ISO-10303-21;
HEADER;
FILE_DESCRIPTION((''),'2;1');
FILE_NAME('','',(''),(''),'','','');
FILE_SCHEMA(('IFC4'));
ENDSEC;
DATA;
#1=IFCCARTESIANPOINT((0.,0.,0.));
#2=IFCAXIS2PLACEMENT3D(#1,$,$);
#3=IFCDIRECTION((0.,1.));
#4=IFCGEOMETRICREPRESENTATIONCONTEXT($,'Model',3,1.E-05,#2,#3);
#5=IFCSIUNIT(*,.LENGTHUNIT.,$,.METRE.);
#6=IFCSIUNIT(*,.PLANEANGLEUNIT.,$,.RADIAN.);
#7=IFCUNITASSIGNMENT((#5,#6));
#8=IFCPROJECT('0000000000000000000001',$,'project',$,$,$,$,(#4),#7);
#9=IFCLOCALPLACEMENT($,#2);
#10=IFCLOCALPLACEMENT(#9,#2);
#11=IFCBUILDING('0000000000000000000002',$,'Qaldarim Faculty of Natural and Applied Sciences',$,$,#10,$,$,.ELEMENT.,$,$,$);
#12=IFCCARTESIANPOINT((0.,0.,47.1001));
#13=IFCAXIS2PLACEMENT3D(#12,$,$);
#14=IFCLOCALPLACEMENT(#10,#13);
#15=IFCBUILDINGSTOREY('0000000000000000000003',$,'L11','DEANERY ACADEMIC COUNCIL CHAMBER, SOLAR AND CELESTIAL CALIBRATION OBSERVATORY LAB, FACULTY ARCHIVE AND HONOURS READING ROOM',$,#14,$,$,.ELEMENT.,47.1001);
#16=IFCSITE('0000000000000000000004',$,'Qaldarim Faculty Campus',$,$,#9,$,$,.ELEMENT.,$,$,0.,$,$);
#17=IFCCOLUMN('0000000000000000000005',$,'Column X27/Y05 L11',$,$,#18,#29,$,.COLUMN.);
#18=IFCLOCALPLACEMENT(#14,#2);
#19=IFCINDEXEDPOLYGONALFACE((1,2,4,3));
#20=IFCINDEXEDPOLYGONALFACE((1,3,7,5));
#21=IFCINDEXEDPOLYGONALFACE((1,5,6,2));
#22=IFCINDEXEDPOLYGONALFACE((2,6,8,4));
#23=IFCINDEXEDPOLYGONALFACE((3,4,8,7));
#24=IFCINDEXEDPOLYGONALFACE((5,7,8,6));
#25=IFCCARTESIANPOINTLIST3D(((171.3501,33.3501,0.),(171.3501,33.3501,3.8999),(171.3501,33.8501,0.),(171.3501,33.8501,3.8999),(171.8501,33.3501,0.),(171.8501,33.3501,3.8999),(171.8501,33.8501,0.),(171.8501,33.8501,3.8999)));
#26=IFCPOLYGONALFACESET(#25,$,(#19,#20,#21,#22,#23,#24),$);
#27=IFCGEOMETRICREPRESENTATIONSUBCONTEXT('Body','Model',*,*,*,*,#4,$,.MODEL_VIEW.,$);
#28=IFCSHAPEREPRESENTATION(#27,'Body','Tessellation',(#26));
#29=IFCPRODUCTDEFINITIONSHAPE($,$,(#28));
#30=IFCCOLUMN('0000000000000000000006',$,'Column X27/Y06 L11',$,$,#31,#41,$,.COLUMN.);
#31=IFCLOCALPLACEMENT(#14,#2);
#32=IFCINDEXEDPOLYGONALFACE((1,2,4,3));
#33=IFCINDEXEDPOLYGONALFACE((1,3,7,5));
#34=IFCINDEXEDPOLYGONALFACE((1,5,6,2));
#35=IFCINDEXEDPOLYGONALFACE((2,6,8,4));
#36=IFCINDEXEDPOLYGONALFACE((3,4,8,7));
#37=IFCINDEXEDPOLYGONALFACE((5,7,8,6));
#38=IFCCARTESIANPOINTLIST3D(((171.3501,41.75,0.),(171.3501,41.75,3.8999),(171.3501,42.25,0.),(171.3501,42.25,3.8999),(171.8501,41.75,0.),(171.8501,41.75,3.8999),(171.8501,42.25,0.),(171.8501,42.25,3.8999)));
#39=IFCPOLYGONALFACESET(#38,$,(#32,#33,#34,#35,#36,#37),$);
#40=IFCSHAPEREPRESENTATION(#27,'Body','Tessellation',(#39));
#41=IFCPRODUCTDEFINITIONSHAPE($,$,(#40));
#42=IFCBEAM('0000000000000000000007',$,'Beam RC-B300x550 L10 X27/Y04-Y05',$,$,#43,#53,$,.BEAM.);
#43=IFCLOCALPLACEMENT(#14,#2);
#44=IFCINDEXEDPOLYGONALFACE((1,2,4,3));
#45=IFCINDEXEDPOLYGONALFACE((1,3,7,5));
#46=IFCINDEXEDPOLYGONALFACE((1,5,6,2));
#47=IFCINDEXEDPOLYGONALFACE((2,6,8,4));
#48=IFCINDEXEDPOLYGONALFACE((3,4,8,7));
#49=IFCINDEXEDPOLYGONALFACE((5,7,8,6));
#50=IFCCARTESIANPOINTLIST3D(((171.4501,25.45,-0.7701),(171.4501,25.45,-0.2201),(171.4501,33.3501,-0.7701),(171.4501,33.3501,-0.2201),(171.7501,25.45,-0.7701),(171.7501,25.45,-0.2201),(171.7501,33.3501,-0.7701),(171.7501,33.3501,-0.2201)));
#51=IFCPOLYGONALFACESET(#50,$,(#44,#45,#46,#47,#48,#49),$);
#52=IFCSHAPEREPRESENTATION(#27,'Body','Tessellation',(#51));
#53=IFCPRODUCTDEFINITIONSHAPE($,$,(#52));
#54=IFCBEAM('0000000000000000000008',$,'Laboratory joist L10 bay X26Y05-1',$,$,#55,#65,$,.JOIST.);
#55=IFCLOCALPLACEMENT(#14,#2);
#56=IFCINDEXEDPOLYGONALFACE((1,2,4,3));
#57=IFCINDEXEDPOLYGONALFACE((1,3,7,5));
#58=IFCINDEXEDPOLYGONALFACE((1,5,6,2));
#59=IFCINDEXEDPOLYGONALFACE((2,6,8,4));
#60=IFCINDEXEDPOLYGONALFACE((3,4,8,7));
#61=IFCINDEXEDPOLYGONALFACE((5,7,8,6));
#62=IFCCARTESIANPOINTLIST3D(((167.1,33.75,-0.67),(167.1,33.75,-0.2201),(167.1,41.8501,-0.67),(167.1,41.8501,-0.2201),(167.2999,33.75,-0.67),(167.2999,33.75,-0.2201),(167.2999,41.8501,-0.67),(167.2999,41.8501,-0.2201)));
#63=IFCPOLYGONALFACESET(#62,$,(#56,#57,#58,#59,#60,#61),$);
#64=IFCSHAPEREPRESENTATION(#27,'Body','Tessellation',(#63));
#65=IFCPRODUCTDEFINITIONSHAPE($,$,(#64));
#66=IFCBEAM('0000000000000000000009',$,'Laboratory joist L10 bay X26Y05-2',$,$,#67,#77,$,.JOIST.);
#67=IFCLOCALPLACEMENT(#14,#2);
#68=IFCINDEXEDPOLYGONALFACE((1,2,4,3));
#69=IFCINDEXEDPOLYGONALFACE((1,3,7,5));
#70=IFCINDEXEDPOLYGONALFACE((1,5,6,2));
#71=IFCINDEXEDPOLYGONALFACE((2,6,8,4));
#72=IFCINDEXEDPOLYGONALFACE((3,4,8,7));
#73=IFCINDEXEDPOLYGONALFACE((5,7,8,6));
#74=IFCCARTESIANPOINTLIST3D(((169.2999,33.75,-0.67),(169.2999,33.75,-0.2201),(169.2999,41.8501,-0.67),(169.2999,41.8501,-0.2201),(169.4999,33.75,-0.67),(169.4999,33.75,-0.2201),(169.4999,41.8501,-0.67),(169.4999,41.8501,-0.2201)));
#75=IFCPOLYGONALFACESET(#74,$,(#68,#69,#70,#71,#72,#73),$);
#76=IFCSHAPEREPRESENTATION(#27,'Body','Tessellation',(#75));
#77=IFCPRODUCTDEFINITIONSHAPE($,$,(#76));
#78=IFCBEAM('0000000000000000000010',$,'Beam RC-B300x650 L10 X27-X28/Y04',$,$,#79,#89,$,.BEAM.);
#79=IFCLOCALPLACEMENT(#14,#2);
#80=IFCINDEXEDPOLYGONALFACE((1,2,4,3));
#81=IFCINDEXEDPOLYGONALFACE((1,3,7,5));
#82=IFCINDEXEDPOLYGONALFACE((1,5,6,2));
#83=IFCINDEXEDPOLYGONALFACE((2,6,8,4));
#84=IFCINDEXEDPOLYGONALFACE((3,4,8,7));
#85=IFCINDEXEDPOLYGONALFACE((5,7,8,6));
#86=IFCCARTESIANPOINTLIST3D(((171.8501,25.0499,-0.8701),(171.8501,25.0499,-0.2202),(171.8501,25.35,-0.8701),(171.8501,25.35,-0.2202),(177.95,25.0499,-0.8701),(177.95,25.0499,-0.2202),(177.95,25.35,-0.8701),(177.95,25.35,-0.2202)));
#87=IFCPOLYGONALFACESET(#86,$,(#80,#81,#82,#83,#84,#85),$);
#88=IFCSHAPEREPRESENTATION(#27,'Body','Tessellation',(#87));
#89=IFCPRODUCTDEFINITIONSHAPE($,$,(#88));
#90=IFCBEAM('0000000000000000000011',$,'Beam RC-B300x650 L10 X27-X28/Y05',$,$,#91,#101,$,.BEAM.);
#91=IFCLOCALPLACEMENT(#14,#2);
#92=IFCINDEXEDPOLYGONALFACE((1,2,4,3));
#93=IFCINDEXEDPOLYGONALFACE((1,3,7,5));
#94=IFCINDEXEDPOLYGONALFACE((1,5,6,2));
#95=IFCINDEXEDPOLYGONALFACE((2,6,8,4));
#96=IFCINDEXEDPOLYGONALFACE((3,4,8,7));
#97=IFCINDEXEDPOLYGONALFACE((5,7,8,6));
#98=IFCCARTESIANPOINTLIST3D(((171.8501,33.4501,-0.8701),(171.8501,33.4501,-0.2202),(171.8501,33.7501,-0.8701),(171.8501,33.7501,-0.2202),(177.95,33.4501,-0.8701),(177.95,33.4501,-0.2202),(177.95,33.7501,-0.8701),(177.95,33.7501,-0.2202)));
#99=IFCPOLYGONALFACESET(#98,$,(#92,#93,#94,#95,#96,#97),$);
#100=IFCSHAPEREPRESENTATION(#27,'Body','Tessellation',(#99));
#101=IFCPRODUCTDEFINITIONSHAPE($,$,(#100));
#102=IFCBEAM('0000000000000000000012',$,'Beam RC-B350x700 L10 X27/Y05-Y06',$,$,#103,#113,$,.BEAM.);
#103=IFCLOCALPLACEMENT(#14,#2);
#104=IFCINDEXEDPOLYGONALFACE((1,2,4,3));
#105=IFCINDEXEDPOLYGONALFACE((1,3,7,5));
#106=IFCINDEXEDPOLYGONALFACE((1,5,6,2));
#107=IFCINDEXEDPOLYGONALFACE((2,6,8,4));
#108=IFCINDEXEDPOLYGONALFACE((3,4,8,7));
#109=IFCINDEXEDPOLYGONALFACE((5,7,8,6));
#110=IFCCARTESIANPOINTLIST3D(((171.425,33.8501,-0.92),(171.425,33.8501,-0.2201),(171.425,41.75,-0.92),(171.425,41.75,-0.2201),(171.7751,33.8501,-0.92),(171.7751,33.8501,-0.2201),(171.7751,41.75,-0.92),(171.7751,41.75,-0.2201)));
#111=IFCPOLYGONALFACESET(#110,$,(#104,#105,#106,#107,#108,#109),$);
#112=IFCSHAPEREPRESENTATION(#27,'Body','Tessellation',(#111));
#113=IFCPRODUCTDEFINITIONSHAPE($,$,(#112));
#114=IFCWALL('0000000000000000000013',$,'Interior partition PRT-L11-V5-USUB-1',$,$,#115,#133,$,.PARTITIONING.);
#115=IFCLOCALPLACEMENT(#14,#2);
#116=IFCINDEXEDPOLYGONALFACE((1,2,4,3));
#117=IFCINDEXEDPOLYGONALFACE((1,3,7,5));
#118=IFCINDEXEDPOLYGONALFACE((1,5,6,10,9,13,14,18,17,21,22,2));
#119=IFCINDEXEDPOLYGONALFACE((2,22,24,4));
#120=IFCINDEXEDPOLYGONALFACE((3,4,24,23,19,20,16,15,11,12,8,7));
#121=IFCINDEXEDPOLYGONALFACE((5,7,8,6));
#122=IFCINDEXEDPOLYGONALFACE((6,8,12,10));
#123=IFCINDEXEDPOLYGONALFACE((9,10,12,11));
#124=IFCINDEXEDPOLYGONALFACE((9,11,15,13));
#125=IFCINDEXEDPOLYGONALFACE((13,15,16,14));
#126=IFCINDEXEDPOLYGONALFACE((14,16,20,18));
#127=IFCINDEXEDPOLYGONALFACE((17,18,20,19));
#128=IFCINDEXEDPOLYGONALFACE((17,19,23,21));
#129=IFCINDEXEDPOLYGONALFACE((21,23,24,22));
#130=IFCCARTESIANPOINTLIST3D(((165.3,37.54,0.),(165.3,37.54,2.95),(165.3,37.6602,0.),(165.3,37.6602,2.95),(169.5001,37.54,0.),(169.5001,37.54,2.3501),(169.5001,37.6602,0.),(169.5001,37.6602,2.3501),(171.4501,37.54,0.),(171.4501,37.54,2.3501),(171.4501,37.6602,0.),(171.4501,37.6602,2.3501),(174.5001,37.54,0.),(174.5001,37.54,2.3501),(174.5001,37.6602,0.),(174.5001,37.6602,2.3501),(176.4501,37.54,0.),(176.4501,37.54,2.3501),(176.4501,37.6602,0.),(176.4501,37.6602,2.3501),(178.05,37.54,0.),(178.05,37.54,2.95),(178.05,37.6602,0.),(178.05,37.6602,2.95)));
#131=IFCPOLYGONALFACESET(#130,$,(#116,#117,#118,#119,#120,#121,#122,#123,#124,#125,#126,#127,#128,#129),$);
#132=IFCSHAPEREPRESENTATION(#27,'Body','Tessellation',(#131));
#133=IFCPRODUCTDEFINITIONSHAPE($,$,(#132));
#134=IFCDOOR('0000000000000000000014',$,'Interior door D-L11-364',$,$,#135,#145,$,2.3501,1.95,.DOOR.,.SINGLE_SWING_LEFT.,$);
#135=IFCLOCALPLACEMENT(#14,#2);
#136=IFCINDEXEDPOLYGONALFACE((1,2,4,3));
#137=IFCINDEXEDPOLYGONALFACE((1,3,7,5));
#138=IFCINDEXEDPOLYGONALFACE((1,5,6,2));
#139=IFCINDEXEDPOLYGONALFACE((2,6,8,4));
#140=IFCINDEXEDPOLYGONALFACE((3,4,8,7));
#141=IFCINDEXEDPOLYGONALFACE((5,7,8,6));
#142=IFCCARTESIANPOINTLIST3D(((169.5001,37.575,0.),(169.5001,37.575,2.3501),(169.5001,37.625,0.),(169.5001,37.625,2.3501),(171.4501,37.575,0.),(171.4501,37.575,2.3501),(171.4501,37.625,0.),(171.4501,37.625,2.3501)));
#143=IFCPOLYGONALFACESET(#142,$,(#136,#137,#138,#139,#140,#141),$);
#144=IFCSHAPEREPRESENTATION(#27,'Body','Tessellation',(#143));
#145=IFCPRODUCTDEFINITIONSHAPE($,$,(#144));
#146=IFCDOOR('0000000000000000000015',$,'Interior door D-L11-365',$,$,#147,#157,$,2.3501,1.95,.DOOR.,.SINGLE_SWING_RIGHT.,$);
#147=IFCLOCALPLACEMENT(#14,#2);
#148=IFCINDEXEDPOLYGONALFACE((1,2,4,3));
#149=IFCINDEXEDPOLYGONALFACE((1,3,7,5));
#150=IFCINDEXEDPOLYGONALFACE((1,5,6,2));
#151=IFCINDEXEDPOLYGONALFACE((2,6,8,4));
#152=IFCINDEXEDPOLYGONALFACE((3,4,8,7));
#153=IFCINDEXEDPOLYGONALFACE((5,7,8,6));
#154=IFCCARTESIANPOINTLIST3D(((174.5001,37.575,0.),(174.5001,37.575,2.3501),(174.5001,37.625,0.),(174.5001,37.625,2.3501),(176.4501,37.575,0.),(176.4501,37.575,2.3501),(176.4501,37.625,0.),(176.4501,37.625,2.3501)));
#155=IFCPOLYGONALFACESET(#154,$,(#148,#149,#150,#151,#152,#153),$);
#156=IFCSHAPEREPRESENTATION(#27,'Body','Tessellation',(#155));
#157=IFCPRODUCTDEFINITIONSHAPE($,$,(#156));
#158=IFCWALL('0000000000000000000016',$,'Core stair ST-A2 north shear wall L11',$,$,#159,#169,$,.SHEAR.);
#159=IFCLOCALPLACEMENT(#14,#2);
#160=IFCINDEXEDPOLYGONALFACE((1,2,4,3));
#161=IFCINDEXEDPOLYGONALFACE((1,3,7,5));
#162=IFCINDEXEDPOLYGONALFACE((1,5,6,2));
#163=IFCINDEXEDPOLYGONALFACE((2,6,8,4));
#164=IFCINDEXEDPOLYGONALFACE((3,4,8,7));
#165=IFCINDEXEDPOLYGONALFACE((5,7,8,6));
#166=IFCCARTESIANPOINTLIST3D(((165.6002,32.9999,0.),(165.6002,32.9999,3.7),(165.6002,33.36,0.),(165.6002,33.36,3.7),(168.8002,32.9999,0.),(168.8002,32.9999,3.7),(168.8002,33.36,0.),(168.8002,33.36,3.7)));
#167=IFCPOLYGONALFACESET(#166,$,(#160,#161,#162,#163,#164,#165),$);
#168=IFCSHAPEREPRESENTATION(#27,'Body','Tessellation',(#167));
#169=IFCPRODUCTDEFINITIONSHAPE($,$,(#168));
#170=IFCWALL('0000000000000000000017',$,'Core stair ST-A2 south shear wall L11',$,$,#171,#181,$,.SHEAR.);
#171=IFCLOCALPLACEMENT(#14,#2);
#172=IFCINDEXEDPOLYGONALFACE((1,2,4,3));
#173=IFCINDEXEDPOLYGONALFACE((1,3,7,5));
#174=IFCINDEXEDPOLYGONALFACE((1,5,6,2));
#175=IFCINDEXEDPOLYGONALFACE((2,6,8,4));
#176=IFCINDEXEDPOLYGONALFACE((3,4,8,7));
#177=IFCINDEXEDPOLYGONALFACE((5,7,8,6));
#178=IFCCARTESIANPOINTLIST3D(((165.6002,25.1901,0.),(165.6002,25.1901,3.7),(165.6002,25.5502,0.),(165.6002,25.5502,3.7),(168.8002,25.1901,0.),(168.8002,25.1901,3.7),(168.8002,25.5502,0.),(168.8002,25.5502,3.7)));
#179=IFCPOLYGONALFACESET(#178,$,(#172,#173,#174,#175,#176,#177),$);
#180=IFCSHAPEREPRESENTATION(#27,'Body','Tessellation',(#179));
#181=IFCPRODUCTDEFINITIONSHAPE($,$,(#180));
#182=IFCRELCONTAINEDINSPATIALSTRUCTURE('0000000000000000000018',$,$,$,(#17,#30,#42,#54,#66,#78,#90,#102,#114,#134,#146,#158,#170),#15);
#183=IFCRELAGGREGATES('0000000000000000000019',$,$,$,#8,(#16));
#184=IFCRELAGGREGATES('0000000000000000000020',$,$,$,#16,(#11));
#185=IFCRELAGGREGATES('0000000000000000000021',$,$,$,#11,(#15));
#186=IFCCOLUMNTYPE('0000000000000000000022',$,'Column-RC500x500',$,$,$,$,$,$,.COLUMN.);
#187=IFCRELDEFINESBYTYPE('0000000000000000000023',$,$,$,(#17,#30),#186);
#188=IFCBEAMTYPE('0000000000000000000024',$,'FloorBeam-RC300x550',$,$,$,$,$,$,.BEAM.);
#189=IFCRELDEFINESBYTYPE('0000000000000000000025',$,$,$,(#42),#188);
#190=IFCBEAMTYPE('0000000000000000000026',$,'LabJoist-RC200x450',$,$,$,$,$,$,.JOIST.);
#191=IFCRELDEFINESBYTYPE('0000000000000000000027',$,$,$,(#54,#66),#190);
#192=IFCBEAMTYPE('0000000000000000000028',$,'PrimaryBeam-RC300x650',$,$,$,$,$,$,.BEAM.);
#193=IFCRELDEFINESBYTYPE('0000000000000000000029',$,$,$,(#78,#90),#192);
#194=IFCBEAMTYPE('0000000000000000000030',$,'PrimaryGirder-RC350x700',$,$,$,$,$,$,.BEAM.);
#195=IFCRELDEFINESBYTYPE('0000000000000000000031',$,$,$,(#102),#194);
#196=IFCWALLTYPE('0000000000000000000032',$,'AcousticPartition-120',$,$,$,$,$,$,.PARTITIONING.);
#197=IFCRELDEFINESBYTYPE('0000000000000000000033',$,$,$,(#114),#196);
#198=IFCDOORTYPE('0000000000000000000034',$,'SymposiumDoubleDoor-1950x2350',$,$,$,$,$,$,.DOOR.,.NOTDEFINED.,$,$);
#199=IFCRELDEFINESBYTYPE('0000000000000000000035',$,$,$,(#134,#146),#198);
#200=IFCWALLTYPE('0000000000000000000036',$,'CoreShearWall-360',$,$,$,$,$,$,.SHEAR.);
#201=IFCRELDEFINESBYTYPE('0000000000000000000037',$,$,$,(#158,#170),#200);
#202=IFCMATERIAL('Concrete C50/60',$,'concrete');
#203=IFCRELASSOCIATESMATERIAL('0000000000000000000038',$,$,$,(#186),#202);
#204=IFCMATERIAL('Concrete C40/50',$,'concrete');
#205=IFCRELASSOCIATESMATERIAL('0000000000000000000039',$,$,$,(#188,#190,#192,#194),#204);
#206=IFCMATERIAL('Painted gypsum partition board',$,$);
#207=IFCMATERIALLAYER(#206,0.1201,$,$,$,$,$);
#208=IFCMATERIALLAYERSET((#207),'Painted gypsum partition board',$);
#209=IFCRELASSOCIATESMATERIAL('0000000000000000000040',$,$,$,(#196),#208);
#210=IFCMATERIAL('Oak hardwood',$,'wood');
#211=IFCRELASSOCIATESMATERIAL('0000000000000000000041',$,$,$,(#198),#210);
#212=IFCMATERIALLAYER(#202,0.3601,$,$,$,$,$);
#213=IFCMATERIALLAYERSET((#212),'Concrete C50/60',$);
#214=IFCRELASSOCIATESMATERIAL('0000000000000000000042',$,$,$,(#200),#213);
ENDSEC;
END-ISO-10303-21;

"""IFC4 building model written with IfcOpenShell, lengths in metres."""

from ifc_helpers import new_model, si_unit, direction, frame, frame_2d, origin, origin_2d, place, context, subcontext, project, spatial, rectangle, extrude, material, layer, layer_set, material_profile, profile_set, type_object, element, fill, save


model = new_model("IFC4")

# Units and contexts
model_context = context("Model", 3, precision=1e-05, world=origin(), true_north=direction((0.0, 1.0)))
body_context = subcontext(model_context, "Body", "Model", "MODEL_VIEW")
ifc_project = project(units=[si_unit("LENGTHUNIT", "METRE"), si_unit("PLANEANGLEUNIT", "RADIAN")], contexts=[model_context])

# Site, building, storey
site_placement = place(None, origin())
site = spatial("IfcSite", under=ifc_project, at=site_placement, Name="Qaldarim Faculty Campus", CompositionType="ELEMENT", RefElevation=0.0)
building_placement = place(site_placement, origin())
building = spatial("IfcBuilding", under=site, at=building_placement, Name="Qaldarim Faculty of Natural and Applied Sciences", CompositionType="ELEMENT")
storey_placement = place(building_placement, frame((0.0, 0.0, 47.1001)))
storey = spatial("IfcBuildingStorey", under=building, at=storey_placement, Name="L11", Description="DEANERY ACADEMIC COUNCIL CHAMBER, SOLAR AND CELESTIAL CALIBRATION OBSERVATORY LAB, FACULTY ARCHIVE AND HONOURS READING ROOM", CompositionType="ELEMENT", Elevation=47.1001)

# Columns
ifc_material_1 = material(Name="Concrete C50/60", Category="concrete")
ifc_material_profile_1 = material_profile(ifc_material_1, rectangle(XDim=0.5, YDim=0.5, at=origin_2d()), Name="RC-C500x500")
ifc_profile_set_1 = profile_set([ifc_material_profile_1], Name="Concrete C50/60")
column_type = type_object("IfcColumnType", Name="Column-RC500x500", PredefinedType="COLUMN", material=ifc_profile_set_1)
for number, where, z_axis, x_axis, name in (
    (1, (171.6001, 33.6001, 0.0), (0.0, 0.0, 1.0), (1.0, 0.0, 0.0), "Column X27/Y05 L11"),
    (2, (171.6001, 42.0, 0.0), (0.0, 0.0, 1.0), (1.0, 0.0, 0.0), "Column X27/Y06 L11"),
):
    element("IfcColumn", number, at=place(storey_placement, frame(where, z_axis=z_axis, x_axis=x_axis)), inside=storey, type_object=column_type, Name=name, PredefinedType="COLUMN", context=body_context, shape_type="SweptSolid", body=[
        extrude(rectangle(XDim=0.5, YDim=0.5, at=origin_2d()), origin(), (0.0, 0.0, 1.0), 3.8999),
    ])

# Beams
ifc_material_2 = material(Name="Concrete C40/50", Category="concrete")
ifc_material_profile_2 = material_profile(ifc_material_2, rectangle(XDim=0.3, YDim=0.55, at=origin_2d()), Name="RC-B300x550")
ifc_profile_set_2 = profile_set([ifc_material_profile_2], Name="Concrete C40/50")
beam_type_1 = type_object("IfcBeamType", Name="FloorBeam-RC300x550", PredefinedType="BEAM", material=ifc_profile_set_2)
beam_1_placement = place(storey_placement, frame((171.6001, 25.45, -0.4951), z_axis=(0.0, 1.0, 0.0), x_axis=(-1.0, 0.0, 0.0)))
element("IfcBeam", 3, at=beam_1_placement, inside=storey, type_object=beam_type_1, Name="Beam RC-B300x550 L10 X27/Y04-Y05", PredefinedType="BEAM", context=body_context, shape_type="SweptSolid", body=[
    extrude(rectangle(XDim=0.3, YDim=0.55, at=origin_2d()), origin(), (0.0, 0.0, 1.0), 7.9001),
])
ifc_material_profile_3 = material_profile(ifc_material_2, rectangle(XDim=0.2, YDim=0.45, at=origin_2d()), Name="RC-J200x450")
ifc_profile_set_3 = profile_set([ifc_material_profile_3], Name="Concrete C40/50")
beam_type_2 = type_object("IfcBeamType", Name="LabJoist-RC200x450", PredefinedType="JOIST", material=ifc_profile_set_3)
for number, where, z_axis, x_axis, name in (
    (4, (167.2, 33.75, -0.4451), (0.0, 1.0, 0.0), (-1.0, 0.0, 0.0), "Laboratory joist L10 bay X26Y05-1"),
    (5, (169.3999, 33.75, -0.4451), (0.0, 1.0, 0.0), (-1.0, 0.0, 0.0), "Laboratory joist L10 bay X26Y05-2"),
):
    element("IfcBeam", number, at=place(storey_placement, frame(where, z_axis=z_axis, x_axis=x_axis)), inside=storey, type_object=beam_type_2, Name=name, PredefinedType="JOIST", context=body_context, shape_type="SweptSolid", body=[
        extrude(rectangle(XDim=0.2, YDim=0.45, at=origin_2d()), origin(), (0.0, 0.0, 1.0), 8.1001),
    ])
ifc_material_profile_4 = material_profile(ifc_material_2, rectangle(XDim=0.3, YDim=0.6499, at=origin_2d()), Name="RC-B300x650")
ifc_profile_set_4 = profile_set([ifc_material_profile_4], Name="Concrete C40/50")
beam_type_3 = type_object("IfcBeamType", Name="PrimaryBeam-RC300x650", PredefinedType="BEAM", material=ifc_profile_set_4)
for number, where, z_axis, x_axis, name in (
    (6, (171.8501, 25.2, -0.5452), (1.0, 0.0, 0.0), (0.0, 1.0, 0.0), "Beam RC-B300x650 L10 X27-X28/Y04"),
    (7, (171.8501, 33.6001, -0.5452), (1.0, 0.0, 0.0), (0.0, 1.0, 0.0), "Beam RC-B300x650 L10 X27-X28/Y05"),
):
    element("IfcBeam", number, at=place(storey_placement, frame(where, z_axis=z_axis, x_axis=x_axis)), inside=storey, type_object=beam_type_3, Name=name, PredefinedType="BEAM", context=body_context, shape_type="SweptSolid", body=[
        extrude(rectangle(XDim=0.3, YDim=0.6499, at=origin_2d()), origin(), (0.0, 0.0, 1.0), 6.0999),
    ])
ifc_material_profile_5 = material_profile(ifc_material_2, rectangle(XDim=0.3501, YDim=0.7, at=origin_2d()), Name="RC-B350x700")
ifc_profile_set_5 = profile_set([ifc_material_profile_5], Name="Concrete C40/50")
beam_type_4 = type_object("IfcBeamType", Name="PrimaryGirder-RC350x700", PredefinedType="BEAM", material=ifc_profile_set_5)
beam_2_placement = place(storey_placement, frame((171.6001, 33.8501, -0.5701), z_axis=(0.0, 1.0, 0.0), x_axis=(-1.0, 0.0, 0.0)))
element("IfcBeam", 8, at=beam_2_placement, inside=storey, type_object=beam_type_4, Name="Beam RC-B350x700 L10 X27/Y05-Y06", PredefinedType="BEAM", context=body_context, shape_type="SweptSolid", body=[
    extrude(rectangle(XDim=0.3501, YDim=0.7, at=origin_2d()), origin(), (0.0, 0.0, 1.0), 7.8999),
])

# Wall, openings, doors
ifc_material_3 = material(Name="Painted gypsum partition board")
ifc_layer_1 = layer(ifc_material_3, 0.1201)
ifc_layer_set_1 = layer_set([ifc_layer_1], Name="Painted gypsum partition board")
wall_type_1 = type_object("IfcWallType", Name="AcousticPartition-120", PredefinedType="PARTITIONING", material=ifc_layer_set_1)
wall_1_placement = place(storey_placement, frame((165.3, 37.6001, 0.0), z_axis=(0.0, 0.0, 1.0), x_axis=(1.0, 0.0, 0.0)))
wall_1 = element("IfcWall", 9, at=wall_1_placement, inside=storey, type_object=wall_type_1, Name="Interior partition PRT-L11-V5-USUB-1", PredefinedType="PARTITIONING", context=body_context, shape_type="SweptSolid", body=[
    extrude(rectangle(XDim=12.75, YDim=0.1201, at=frame_2d((6.375, 0.0))), origin(), (0.0, 0.0, 1.0), 2.95),
])
opening_1_placement = place(wall_1_placement, frame((4.2, 0.0, 0.0)))
opening_1 = element("IfcOpeningElement", 10, at=opening_1_placement, cuts=wall_1, PredefinedType="OPENING", context=body_context, shape_type="SweptSolid", body=[
    extrude(rectangle(XDim=1.95, YDim=2.3501, at=frame_2d((0.9751, 1.175))), frame((0.0, 0.0701, 0.0), z_axis=(0.0, -1.0, 0.0), x_axis=(1.0, 0.0, 0.0)), (0.0, 0.0, 1.0), 0.1401),
])
opening_2_placement = place(wall_1_placement, frame((9.2, 0.0, 0.0)))
opening_2 = element("IfcOpeningElement", 11, at=opening_2_placement, cuts=wall_1, PredefinedType="OPENING", context=body_context, shape_type="SweptSolid", body=[
    extrude(rectangle(XDim=1.95, YDim=2.3501, at=frame_2d((0.9751, 1.175))), frame((0.0, 0.0701, 0.0), z_axis=(0.0, -1.0, 0.0), x_axis=(1.0, 0.0, 0.0)), (0.0, 0.0, 1.0), 0.1401),
])
ifc_material_4 = material(Name="Oak hardwood", Category="wood")
door_type_1 = type_object("IfcDoorType", Name="SymposiumDoubleDoor-1950x2350", OperationType="NOTDEFINED", PredefinedType="DOOR", material=ifc_material_4)
door_1_placement = place(opening_1_placement, origin())
door_1 = element("IfcDoor", 12, at=door_1_placement, inside=storey, type_object=door_type_1, Name="Interior door D-L11-364", OperationType="SINGLE_SWING_LEFT", OverallHeight=2.3501, OverallWidth=1.95, PredefinedType="DOOR", context=body_context, shape_type="SweptSolid", body=[
    extrude(rectangle(XDim=1.95, YDim=2.3501, at=frame_2d((0.9751, 1.175))), frame((0.0, 0.0249, 0.0), z_axis=(0.0, -1.0, 0.0), x_axis=(1.0, 0.0, 0.0)), (0.0, 0.0, 1.0), 0.05),
])
fill(opening_1, door_1)
door_2_placement = place(opening_2_placement, origin())
door_2 = element("IfcDoor", 13, at=door_2_placement, inside=storey, type_object=door_type_1, Name="Interior door D-L11-365", OperationType="SINGLE_SWING_RIGHT", OverallHeight=2.3501, OverallWidth=1.95, PredefinedType="DOOR", context=body_context, shape_type="SweptSolid", body=[
    extrude(rectangle(XDim=1.95, YDim=2.3501, at=frame_2d((0.9751, 1.175))), frame((0.0, 0.0249, 0.0), z_axis=(0.0, -1.0, 0.0), x_axis=(1.0, 0.0, 0.0)), (0.0, 0.0, 1.0), 0.05),
])
fill(opening_2, door_2)

# Walls
ifc_layer_2 = layer(ifc_material_1, 0.3601)
ifc_layer_set_2 = layer_set([ifc_layer_2], Name="Concrete C50/60")
wall_type_2 = type_object("IfcWallType", Name="CoreShearWall-360", PredefinedType="SHEAR", material=ifc_layer_set_2)
for number, where, z_axis, x_axis, name in (
    (14, (165.6001, 33.1799, 0.0), (0.0, 0.0, 1.0), (1.0, 0.0, 0.0), "Core stair ST-A2 north shear wall L11"),
    (15, (165.6001, 25.3701, 0.0), (0.0, 0.0, 1.0), (1.0, 0.0, 0.0), "Core stair ST-A2 south shear wall L11"),
):
    element("IfcWall", number, at=place(storey_placement, frame(where, z_axis=z_axis, x_axis=x_axis)), inside=storey, type_object=wall_type_2, Name=name, PredefinedType="SHEAR", context=body_context, shape_type="SweptSolid", body=[
        extrude(rectangle(XDim=3.2, YDim=0.3601, at=frame_2d((1.6001, 0.0))), origin(), (0.0, 0.0, 1.0), 3.7),
    ])

save(model, "model.ifc")
